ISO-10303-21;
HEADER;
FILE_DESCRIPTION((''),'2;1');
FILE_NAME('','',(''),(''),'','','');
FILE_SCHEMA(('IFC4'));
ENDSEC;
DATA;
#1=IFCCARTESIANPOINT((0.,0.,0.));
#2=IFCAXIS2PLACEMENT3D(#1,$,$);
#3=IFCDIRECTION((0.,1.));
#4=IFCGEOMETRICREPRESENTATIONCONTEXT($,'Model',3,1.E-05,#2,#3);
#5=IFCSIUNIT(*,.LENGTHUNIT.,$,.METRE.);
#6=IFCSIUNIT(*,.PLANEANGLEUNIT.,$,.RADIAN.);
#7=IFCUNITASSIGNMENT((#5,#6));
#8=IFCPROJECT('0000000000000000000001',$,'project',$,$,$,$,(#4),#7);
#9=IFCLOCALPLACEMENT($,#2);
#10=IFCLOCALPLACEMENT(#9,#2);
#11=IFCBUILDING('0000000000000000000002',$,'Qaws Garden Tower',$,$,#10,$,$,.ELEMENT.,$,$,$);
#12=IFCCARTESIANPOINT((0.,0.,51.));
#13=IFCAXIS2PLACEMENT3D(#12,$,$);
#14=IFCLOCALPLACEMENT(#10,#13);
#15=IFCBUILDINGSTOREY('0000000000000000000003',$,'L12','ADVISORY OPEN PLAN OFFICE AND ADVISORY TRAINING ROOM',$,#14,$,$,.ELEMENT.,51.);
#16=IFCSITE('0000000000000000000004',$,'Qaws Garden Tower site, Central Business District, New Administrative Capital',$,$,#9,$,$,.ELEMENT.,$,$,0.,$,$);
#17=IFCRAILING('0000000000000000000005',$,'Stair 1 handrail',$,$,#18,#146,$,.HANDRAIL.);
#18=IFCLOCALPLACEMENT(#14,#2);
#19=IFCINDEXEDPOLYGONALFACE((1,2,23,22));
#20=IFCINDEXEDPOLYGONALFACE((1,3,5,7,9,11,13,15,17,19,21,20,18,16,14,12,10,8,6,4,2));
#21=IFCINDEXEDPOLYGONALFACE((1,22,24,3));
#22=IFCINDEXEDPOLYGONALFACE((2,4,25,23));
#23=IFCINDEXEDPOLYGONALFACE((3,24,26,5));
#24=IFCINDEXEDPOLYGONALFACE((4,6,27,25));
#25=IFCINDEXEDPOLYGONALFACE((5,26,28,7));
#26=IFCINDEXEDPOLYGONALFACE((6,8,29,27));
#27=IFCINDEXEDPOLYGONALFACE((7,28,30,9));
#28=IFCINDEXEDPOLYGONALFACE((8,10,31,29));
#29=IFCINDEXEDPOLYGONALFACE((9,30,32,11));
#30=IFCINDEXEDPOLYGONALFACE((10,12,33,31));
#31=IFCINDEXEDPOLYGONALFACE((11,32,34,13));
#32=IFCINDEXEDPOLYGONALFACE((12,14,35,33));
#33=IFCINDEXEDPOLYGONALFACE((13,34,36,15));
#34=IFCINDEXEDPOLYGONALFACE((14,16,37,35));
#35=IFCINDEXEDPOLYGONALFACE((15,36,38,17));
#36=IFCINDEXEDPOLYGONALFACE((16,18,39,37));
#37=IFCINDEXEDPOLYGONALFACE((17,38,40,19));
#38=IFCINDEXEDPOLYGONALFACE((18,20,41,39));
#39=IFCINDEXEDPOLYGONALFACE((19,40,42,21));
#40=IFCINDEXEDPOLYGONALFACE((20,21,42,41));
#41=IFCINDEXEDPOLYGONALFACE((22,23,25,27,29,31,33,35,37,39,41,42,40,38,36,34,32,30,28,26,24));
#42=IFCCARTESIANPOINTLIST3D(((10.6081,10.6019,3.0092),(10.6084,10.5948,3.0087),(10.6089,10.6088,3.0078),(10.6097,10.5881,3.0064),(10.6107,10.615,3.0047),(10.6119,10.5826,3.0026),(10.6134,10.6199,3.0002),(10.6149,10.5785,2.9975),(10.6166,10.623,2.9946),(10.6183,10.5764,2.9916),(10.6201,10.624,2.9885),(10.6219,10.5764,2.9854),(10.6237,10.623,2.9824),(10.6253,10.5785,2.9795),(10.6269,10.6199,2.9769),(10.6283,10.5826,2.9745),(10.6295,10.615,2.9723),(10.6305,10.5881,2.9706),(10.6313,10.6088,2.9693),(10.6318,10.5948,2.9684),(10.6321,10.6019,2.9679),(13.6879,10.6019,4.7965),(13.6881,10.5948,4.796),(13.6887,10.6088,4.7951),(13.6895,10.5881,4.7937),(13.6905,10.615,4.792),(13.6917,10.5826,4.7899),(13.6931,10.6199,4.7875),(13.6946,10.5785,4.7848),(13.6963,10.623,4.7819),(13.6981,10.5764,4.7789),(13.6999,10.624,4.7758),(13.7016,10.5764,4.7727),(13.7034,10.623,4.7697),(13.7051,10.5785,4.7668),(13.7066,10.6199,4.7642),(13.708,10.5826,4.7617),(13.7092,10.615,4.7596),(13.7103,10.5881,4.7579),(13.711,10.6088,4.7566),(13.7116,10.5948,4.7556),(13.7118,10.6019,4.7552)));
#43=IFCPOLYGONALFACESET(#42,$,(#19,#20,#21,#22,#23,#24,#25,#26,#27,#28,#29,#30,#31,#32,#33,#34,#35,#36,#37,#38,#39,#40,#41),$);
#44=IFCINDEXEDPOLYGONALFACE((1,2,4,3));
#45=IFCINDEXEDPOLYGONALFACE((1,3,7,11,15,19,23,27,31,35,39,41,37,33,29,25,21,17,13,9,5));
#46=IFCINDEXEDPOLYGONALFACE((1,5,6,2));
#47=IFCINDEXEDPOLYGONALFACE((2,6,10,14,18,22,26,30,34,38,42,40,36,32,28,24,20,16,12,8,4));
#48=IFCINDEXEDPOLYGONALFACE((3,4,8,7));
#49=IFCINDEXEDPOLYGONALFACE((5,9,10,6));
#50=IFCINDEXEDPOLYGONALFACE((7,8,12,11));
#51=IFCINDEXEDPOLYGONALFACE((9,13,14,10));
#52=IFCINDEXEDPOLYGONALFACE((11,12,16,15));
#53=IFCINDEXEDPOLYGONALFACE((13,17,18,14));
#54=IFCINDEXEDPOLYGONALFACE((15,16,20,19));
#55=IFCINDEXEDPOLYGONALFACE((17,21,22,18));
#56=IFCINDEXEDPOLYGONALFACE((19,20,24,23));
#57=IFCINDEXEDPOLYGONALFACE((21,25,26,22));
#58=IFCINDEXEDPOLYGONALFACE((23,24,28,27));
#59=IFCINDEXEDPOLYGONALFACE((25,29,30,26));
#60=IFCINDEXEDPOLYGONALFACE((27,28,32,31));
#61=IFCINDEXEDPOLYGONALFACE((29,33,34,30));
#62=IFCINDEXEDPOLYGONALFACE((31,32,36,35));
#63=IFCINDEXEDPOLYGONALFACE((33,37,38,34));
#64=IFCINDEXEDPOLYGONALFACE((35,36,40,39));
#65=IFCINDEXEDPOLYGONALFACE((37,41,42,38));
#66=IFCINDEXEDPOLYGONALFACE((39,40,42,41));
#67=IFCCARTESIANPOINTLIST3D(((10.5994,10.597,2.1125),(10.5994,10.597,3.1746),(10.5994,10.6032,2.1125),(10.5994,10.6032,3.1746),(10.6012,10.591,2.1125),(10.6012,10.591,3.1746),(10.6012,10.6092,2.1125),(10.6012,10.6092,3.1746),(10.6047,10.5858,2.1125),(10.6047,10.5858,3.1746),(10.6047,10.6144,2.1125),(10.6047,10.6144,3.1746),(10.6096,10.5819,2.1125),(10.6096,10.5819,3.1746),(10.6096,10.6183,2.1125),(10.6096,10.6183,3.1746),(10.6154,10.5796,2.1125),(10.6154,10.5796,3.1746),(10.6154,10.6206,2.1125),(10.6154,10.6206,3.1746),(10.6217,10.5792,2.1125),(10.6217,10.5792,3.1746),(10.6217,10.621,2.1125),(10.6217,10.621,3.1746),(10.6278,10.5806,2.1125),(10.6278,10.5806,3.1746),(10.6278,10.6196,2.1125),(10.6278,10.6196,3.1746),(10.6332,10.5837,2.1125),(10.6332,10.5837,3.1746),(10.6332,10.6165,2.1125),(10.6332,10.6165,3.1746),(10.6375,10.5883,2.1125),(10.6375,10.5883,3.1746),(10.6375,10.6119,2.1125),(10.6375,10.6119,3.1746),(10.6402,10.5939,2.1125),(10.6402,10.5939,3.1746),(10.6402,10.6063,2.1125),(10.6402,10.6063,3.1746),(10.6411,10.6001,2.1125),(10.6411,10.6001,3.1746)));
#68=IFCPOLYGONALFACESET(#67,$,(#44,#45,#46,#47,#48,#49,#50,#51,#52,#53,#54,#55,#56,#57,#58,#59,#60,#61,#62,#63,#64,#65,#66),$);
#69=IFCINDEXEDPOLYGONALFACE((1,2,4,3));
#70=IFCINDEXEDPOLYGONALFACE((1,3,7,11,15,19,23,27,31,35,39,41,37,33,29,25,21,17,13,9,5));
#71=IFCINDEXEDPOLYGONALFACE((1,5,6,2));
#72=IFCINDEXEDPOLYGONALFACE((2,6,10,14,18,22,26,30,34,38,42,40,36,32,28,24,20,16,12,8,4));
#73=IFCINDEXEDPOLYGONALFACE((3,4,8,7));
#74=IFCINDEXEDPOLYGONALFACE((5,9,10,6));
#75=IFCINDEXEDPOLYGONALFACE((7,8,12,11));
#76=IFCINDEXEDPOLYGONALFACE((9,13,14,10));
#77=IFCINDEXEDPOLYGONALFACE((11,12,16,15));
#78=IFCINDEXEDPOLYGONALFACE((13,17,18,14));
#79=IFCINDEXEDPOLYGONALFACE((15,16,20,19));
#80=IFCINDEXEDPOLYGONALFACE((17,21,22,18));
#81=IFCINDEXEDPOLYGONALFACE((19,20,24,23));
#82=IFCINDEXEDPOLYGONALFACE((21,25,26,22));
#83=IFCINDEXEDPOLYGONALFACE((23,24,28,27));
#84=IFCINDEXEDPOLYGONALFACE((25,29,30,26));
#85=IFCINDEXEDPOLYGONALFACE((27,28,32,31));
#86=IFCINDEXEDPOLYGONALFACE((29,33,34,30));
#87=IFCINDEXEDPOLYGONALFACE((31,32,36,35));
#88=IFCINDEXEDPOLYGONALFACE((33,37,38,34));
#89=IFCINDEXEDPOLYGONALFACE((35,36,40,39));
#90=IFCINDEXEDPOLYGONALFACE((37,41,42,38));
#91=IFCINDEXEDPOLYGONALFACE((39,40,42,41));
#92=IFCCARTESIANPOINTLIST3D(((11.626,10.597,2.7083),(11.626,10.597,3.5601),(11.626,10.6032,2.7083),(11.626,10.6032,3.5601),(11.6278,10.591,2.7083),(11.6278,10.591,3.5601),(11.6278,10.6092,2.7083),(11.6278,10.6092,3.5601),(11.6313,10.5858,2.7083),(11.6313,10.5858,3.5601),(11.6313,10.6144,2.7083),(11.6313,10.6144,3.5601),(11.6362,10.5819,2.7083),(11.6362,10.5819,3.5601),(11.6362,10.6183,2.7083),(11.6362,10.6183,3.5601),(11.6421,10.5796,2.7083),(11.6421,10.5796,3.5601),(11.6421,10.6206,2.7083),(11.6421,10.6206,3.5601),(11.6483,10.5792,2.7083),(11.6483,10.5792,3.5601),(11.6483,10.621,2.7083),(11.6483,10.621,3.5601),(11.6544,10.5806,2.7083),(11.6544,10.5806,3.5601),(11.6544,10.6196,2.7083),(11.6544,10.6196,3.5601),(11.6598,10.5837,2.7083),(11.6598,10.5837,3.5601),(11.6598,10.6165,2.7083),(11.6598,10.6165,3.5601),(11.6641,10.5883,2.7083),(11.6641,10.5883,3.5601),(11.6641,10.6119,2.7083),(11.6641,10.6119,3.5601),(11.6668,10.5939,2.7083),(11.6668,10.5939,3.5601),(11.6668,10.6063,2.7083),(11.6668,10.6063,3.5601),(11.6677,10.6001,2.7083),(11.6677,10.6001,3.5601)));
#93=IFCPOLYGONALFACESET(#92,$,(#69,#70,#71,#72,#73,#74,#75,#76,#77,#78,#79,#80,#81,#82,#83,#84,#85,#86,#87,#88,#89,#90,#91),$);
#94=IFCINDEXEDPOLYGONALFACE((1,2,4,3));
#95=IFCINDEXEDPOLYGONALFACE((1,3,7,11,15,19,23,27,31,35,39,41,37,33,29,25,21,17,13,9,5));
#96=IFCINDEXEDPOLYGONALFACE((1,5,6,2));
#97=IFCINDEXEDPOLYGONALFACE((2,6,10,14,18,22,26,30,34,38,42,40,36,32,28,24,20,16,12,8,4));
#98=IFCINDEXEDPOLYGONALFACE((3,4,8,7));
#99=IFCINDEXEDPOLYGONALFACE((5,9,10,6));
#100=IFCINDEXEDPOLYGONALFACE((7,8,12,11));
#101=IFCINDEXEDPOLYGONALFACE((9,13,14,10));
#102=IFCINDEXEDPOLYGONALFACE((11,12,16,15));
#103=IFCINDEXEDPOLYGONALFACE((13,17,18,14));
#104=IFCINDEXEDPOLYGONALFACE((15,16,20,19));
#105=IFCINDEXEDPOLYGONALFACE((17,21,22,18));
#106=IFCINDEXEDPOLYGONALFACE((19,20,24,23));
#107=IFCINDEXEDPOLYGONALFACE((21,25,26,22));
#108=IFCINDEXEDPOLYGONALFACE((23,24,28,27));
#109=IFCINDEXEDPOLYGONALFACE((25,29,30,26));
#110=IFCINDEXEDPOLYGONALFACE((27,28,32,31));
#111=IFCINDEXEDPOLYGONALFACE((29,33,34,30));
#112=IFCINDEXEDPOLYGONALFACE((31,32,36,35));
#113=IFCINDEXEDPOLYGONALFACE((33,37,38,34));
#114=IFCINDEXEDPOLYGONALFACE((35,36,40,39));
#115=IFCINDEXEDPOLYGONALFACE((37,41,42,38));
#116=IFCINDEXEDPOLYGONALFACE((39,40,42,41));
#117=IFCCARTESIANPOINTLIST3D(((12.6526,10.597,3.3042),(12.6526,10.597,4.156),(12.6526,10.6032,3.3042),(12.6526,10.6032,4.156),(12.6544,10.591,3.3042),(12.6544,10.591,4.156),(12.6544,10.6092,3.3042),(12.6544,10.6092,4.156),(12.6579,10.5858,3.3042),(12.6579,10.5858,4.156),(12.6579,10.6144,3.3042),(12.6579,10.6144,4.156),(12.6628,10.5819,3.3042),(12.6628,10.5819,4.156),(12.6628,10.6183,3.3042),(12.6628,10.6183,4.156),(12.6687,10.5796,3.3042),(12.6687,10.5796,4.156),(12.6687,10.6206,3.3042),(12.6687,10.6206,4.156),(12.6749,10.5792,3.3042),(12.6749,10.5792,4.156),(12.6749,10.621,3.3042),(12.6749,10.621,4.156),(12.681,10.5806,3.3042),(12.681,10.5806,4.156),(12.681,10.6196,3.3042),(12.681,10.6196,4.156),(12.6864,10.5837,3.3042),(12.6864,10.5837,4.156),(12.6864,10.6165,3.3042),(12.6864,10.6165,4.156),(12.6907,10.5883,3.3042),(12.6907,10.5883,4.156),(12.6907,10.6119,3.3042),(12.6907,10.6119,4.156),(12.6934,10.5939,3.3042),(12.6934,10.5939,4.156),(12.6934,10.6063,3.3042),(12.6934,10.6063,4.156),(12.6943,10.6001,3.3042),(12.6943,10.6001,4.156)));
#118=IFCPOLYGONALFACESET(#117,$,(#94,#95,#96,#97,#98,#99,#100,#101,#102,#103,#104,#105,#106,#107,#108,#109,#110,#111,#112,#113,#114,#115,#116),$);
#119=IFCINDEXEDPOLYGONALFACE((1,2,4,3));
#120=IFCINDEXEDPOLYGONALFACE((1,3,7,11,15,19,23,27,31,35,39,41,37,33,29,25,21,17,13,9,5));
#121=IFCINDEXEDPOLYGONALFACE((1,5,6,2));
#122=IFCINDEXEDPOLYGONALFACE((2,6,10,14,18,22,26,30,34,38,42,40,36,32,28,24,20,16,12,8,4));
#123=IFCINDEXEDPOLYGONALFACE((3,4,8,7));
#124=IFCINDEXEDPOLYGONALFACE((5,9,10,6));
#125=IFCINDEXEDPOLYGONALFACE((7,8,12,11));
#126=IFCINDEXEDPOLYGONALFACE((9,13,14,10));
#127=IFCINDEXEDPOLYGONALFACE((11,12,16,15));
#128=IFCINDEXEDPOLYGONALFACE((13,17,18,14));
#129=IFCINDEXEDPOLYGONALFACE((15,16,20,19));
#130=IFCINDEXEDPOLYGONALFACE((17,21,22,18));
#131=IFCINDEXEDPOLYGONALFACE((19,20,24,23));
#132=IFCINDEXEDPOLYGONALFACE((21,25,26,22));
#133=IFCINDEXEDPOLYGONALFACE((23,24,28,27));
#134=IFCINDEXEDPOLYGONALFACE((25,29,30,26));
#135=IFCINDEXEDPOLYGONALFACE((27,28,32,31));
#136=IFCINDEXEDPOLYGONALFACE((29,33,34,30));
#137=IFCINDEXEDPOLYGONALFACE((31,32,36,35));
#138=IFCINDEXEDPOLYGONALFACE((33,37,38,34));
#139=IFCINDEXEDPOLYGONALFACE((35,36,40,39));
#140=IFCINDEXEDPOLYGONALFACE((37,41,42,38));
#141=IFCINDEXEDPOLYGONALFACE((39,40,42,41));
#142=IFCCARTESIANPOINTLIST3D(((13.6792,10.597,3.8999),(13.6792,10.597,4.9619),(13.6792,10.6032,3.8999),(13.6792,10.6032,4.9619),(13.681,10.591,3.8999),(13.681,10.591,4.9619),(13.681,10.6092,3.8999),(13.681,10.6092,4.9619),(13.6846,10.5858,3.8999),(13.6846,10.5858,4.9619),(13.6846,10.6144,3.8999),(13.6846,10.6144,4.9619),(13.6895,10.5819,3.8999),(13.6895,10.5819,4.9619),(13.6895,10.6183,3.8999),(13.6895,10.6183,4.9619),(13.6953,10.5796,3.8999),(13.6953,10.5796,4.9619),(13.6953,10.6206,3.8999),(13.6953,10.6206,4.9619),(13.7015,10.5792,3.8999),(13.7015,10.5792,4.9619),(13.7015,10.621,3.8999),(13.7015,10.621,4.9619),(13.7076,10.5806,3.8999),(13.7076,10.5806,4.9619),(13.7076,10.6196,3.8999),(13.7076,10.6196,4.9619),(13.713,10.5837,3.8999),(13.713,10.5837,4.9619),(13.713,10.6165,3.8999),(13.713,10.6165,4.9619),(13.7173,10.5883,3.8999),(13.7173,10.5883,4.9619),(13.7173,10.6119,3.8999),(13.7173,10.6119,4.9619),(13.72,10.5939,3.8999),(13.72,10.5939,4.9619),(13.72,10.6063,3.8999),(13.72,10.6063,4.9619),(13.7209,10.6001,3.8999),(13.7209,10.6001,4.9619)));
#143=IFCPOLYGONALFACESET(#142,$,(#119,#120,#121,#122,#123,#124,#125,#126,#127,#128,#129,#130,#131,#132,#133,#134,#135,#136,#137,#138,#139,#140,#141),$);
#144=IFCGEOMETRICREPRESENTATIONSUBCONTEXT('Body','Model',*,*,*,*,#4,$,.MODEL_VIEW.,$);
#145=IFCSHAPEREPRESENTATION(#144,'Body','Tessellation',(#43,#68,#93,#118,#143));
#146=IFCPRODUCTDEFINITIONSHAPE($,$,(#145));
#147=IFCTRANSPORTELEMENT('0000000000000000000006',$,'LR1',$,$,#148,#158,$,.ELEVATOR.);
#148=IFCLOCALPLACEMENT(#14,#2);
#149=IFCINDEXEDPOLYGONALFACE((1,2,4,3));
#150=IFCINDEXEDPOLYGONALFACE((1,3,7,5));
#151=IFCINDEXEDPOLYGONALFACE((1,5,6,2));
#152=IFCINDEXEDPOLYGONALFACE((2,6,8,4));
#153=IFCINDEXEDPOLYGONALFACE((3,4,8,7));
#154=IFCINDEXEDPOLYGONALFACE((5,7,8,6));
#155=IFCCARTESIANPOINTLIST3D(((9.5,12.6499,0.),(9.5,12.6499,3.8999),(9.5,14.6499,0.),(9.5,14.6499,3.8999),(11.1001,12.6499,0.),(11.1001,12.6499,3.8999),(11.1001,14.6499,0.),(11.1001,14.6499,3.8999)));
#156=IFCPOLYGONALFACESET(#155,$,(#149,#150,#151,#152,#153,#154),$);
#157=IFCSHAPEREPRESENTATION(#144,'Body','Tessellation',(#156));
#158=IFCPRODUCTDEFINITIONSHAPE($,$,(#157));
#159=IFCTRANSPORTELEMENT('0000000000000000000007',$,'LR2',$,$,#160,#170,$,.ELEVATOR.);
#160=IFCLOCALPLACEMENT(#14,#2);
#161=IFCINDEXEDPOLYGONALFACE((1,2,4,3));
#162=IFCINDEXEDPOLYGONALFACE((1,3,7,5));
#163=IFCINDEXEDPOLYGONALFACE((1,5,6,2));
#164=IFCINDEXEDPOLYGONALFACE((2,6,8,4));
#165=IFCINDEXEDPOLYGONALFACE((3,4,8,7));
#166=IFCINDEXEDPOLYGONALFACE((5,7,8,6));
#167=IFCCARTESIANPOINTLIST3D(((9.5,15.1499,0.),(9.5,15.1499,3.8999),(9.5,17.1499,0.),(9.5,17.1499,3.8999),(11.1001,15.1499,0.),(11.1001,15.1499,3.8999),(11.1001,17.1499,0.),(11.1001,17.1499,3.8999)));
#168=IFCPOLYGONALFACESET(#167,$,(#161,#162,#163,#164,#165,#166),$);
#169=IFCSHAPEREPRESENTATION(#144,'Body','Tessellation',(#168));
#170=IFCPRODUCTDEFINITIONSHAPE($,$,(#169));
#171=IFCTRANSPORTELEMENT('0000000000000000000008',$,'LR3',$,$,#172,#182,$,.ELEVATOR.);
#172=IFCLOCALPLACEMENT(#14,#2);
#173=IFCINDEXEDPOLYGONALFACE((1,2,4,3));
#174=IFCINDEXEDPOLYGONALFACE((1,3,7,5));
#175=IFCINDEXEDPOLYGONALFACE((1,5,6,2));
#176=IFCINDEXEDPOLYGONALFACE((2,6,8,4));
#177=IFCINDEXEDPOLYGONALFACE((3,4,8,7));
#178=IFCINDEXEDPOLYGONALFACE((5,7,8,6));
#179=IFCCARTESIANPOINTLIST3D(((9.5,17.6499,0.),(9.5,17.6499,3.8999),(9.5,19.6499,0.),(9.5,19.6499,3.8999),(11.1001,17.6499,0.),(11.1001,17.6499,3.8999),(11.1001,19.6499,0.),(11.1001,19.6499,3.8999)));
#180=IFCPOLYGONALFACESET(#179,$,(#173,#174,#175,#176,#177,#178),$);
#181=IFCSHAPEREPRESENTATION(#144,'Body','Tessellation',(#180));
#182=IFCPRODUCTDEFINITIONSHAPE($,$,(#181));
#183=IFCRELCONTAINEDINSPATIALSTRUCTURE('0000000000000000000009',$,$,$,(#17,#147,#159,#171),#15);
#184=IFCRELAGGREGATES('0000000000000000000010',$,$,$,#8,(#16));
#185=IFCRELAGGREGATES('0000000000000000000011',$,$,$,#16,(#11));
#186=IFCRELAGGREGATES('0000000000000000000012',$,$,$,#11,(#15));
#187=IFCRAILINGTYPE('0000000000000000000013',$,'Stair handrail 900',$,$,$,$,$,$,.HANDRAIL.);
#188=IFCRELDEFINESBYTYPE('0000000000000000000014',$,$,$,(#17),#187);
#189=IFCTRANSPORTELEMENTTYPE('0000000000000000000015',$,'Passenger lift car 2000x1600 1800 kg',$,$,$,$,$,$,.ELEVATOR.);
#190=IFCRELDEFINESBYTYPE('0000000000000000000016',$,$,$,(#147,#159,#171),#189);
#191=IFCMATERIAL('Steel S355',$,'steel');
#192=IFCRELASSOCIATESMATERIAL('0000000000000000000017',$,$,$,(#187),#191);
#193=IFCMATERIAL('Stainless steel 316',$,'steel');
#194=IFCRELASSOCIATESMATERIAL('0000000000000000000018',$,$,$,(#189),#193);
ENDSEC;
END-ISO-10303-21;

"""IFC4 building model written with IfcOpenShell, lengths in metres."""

from ifc_helpers import new_model, si_unit, direction, frame, origin, origin_2d, place, context, subcontext, project, spatial, rectangle, circle, extrude, material, type_object, element, save


model = new_model("IFC4")

# Units and contexts
model_context = context("Model", 3, precision=1e-05, world=origin(), true_north=direction((0.0, 1.0)))
body_context = subcontext(model_context, "Body", "Model", "MODEL_VIEW")
ifc_project = project(units=[si_unit("LENGTHUNIT", "METRE"), si_unit("PLANEANGLEUNIT", "RADIAN")], contexts=[model_context])

# Site, building, storey
site_placement = place(None, origin())
site = spatial("IfcSite", under=ifc_project, at=site_placement, Name="Qaws Garden Tower site, Central Business District, New Administrative Capital", CompositionType="ELEMENT", RefElevation=0.0)
building_placement = place(site_placement, origin())
building = spatial("IfcBuilding", under=site, at=building_placement, Name="Qaws Garden Tower", CompositionType="ELEMENT")
storey_placement = place(building_placement, frame((0.0, 0.0, 51.0)))
storey = spatial("IfcBuildingStorey", under=building, at=storey_placement, Name="L12", Description="ADVISORY OPEN PLAN OFFICE AND ADVISORY TRAINING ROOM", CompositionType="ELEMENT", Elevation=51.0)

# Railing
ifc_material_1 = material(Name="Steel S355", Category="steel")
railing_type = type_object("IfcRailingType", Name="Stair handrail 900", PredefinedType="HANDRAIL", material=ifc_material_1)
railing_1_placement = place(storey_placement, frame((10.6201, 10.6001, 2.1125)))
element("IfcRailing", 1, at=railing_1_placement, inside=storey, type_object=railing_type, Name="Stair 1 handrail", PredefinedType="HANDRAIL", context=body_context, shape_type="SweptSolid", body=[
    extrude(circle(Radius=0.0239, at=origin_2d()), frame((0.0, 0.0, 0.876), z_axis=(0.864903, 0.0, 0.501939), x_axis=(0.0, 1.0, 0.0)), (0.0, 0.0, 1.0), 3.5608),
    extrude(circle(Radius=0.021, at=origin_2d()), origin(), (0.0, 0.0, 1.0), 1.062),
    extrude(circle(Radius=0.021, at=origin_2d()), frame((1.0266, 0.0, 0.5957)), (0.0, 0.0, 1.0), 0.8518),
    extrude(circle(Radius=0.021, at=origin_2d()), frame((2.0532, 0.0, 1.1917)), (0.0, 0.0, 1.0), 0.8518),
    extrude(circle(Radius=0.021, at=origin_2d()), frame((3.0798, 0.0, 1.7874)), (0.0, 0.0, 1.0), 1.062),
])

# Transport elements
ifc_material_2 = material(Name="Stainless steel 316", Category="steel")
transport_element_type = type_object("IfcTransportElementType", Name="Passenger lift car 2000x1600 1800 kg", PredefinedType="ELEVATOR", material=ifc_material_2)
for number, where, z_axis, x_axis, name in (
    (2, (10.3, 13.6499, 0.0), (0.0, 0.0, 1.0), (1.0, 0.0, 0.0), "LR1"),
    (3, (10.3, 16.1499, 0.0), (0.0, 0.0, 1.0), (1.0, 0.0, 0.0), "LR2"),
    (4, (10.3, 18.6499, 0.0), (0.0, 0.0, 1.0), (1.0, 0.0, 0.0), "LR3"),
):
    element("IfcTransportElement", number, at=place(storey_placement, frame(where, z_axis=z_axis, x_axis=x_axis)), inside=storey, type_object=transport_element_type, Name=name, PredefinedType="ELEVATOR", context=body_context, shape_type="SweptSolid", body=[
        extrude(rectangle(XDim=1.6001, YDim=2.0, at=origin_2d()), origin(), (0.0, 0.0, 1.0), 3.8999),
    ])

save(model, "model.ifc")
